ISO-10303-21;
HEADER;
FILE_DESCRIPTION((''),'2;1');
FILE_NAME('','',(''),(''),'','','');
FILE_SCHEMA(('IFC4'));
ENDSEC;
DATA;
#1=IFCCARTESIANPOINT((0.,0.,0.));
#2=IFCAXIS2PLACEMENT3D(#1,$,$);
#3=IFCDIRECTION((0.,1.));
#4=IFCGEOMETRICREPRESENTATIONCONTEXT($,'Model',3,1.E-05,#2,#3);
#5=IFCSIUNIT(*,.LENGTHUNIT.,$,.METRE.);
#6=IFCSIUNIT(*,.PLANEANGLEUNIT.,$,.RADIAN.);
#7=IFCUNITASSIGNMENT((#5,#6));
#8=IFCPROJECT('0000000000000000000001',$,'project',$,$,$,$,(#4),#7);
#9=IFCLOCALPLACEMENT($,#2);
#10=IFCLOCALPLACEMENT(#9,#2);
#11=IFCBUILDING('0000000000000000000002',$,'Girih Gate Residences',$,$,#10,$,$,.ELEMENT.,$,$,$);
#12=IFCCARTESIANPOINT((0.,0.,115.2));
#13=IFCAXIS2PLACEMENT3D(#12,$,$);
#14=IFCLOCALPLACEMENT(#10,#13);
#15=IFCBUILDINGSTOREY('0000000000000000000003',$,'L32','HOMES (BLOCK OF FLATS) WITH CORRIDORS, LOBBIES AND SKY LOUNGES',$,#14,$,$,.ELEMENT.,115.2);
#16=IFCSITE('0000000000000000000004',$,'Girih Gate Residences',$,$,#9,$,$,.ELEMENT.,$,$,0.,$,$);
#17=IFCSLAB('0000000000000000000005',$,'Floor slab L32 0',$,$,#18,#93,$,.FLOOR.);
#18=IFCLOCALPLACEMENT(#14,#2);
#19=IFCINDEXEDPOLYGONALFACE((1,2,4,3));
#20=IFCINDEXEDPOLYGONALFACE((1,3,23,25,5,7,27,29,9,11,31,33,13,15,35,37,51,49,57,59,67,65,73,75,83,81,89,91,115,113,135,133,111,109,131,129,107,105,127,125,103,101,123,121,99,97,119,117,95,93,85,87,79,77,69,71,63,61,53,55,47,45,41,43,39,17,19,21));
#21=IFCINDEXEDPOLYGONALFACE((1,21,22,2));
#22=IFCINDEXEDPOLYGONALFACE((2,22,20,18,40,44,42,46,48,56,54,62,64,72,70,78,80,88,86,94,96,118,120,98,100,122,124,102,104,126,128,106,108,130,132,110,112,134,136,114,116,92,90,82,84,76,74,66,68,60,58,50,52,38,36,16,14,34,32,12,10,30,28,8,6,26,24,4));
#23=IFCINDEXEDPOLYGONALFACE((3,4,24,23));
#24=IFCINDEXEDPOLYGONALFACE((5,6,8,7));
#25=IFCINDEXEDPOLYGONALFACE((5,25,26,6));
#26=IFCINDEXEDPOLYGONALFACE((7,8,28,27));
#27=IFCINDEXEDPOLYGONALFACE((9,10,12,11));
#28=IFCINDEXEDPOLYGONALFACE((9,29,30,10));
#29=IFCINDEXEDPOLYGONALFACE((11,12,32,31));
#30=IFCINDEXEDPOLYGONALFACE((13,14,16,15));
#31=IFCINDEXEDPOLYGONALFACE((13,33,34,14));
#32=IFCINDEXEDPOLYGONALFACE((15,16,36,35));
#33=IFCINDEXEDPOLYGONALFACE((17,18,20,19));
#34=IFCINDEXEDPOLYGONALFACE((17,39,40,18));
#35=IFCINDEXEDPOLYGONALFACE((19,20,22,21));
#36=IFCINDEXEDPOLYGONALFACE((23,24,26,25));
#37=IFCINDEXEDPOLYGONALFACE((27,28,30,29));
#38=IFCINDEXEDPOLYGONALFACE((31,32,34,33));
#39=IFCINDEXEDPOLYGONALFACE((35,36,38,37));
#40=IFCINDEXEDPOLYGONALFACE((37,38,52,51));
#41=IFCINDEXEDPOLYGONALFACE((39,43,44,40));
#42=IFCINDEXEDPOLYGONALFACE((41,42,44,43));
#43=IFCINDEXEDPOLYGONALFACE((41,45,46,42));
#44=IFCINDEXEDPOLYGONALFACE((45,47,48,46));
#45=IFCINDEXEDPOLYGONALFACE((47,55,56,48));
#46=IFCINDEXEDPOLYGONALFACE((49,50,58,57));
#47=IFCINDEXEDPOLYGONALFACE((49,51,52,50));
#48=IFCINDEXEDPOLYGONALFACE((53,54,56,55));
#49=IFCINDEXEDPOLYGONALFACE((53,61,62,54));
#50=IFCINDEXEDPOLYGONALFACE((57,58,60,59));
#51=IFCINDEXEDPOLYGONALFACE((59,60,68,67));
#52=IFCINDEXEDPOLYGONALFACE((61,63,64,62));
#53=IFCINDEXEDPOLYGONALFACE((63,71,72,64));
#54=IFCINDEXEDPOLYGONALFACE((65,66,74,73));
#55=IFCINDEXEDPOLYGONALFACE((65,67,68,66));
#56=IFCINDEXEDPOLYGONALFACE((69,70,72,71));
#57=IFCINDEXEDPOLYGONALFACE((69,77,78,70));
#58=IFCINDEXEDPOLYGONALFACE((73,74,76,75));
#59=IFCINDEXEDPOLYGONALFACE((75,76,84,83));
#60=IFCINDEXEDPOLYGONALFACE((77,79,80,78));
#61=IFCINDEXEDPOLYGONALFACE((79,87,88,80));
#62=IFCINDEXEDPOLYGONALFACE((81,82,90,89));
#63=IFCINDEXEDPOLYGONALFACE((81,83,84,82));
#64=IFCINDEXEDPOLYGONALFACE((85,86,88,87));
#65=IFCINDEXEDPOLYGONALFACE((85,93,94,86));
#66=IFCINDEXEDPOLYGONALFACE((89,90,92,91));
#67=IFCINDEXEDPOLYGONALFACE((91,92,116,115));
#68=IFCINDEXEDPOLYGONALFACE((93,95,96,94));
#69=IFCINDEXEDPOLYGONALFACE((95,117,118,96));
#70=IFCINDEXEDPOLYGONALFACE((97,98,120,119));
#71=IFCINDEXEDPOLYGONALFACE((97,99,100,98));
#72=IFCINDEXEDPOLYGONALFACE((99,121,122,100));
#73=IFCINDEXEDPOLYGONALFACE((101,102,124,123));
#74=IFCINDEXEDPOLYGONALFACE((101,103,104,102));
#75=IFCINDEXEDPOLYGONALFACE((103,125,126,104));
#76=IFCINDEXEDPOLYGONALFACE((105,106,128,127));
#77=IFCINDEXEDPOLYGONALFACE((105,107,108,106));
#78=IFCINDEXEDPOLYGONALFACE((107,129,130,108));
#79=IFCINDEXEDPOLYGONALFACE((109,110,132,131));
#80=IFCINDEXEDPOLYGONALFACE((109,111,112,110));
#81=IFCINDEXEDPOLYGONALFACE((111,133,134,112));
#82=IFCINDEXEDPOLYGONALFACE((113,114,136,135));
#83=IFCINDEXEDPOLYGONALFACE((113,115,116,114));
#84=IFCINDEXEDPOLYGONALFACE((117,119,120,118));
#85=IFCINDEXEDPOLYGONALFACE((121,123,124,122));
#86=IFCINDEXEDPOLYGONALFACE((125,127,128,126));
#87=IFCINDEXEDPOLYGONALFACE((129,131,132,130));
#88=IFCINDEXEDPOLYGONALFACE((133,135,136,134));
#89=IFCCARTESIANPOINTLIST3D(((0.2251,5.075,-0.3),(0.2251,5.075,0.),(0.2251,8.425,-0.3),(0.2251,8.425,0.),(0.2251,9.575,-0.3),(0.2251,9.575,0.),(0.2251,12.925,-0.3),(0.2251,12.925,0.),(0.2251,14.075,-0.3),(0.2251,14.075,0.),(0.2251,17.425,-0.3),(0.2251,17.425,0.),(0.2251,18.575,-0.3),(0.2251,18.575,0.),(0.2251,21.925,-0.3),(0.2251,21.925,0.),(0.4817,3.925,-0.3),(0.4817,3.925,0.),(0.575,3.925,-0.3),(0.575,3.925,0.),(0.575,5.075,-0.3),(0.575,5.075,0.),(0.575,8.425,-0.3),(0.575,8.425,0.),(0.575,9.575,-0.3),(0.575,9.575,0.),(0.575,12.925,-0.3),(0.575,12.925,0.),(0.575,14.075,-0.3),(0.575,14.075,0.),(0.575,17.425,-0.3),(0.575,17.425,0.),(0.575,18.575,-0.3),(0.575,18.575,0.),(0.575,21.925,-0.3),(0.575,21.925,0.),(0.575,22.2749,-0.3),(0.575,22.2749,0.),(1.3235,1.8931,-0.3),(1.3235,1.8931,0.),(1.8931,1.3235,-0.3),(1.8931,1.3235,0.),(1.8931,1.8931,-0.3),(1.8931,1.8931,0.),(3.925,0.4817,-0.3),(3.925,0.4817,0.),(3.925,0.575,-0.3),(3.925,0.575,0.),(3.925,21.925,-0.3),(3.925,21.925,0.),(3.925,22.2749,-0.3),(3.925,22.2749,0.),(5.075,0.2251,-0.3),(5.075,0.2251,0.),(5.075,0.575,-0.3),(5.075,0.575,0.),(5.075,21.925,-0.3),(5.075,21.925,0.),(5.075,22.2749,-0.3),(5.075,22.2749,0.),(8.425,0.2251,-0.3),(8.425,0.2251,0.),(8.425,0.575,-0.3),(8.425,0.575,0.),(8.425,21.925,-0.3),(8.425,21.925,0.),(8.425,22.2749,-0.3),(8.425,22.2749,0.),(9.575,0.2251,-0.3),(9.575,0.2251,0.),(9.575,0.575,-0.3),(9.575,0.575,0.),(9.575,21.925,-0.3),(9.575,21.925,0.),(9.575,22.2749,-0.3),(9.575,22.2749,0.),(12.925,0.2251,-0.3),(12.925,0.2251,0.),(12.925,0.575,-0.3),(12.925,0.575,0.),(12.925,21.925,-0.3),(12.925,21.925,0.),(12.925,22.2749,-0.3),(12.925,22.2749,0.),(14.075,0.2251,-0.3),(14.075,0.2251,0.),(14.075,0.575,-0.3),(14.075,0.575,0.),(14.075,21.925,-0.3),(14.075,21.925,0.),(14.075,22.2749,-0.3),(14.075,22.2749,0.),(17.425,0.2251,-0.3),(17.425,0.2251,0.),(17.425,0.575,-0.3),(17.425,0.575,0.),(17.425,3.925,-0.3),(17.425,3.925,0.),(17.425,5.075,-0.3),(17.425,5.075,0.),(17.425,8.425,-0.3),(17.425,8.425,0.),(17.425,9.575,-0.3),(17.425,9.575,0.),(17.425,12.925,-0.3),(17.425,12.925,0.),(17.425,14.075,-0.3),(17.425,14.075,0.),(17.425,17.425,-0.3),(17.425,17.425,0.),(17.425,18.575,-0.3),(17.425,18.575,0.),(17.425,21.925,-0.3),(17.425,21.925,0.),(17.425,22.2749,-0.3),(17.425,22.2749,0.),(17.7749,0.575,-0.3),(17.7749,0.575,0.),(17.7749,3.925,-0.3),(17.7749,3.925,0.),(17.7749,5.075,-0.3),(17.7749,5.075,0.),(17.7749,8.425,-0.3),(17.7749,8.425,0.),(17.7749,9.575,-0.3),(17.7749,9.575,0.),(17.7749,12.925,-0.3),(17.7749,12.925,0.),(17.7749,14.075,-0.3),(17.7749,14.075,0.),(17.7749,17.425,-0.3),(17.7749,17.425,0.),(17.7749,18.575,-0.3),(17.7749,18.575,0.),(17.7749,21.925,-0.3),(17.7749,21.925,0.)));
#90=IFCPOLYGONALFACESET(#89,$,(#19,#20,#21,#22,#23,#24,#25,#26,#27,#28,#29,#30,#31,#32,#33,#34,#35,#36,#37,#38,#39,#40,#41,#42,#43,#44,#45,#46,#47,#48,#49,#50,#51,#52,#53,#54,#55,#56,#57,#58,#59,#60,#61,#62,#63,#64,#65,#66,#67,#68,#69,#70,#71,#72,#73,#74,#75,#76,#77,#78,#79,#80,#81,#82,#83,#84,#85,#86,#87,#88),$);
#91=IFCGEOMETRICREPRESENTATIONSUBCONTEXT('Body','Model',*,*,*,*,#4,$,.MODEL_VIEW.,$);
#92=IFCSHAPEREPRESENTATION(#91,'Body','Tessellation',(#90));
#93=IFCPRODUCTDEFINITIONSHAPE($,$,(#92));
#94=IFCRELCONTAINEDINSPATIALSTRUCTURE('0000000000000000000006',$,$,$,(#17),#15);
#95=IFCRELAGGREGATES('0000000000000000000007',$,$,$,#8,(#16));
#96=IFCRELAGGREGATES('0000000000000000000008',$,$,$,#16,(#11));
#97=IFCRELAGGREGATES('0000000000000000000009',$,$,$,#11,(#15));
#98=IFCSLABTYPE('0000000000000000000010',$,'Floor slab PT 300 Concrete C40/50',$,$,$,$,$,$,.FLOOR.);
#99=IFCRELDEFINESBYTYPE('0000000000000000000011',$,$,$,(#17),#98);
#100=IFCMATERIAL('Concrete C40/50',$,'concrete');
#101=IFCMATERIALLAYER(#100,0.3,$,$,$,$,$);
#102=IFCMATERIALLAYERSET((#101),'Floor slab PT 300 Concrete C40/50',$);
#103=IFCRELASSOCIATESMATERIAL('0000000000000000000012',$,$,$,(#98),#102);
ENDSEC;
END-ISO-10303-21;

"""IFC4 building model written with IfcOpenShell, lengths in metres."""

from ifc_helpers import new_model, si_unit, direction, frame, origin, place, context, subcontext, project, spatial, polyline, outline, extrude, material, layer, layer_set, type_object, element, save


model = new_model("IFC4")

# Units and contexts
model_context = context("Model", 3, precision=1e-05, world=origin(), true_north=direction((0.0, 1.0)))
body_context = subcontext(model_context, "Body", "Model", "MODEL_VIEW")
ifc_project = project(units=[si_unit("LENGTHUNIT", "METRE"), si_unit("PLANEANGLEUNIT", "RADIAN")], contexts=[model_context])

# Site, building, storey
site_placement = place(None, origin())
site = spatial("IfcSite", under=ifc_project, at=site_placement, Name="Girih Gate Residences", CompositionType="ELEMENT", RefElevation=0.0)
building_placement = place(site_placement, origin())
building = spatial("IfcBuilding", under=site, at=building_placement, Name="Girih Gate Residences", CompositionType="ELEMENT")
storey_placement = place(building_placement, frame((0.0, 0.0, 115.2)))
storey = spatial("IfcBuildingStorey", under=building, at=storey_placement, Name="L32", Description="HOMES (BLOCK OF FLATS) WITH CORRIDORS, LOBBIES AND SKY LOUNGES", CompositionType="ELEMENT", Elevation=115.2)

# Slab
ifc_material_1 = material(Name="Concrete C40/50", Category="concrete")
ifc_layer_1 = layer(ifc_material_1, 0.3)
ifc_layer_set_1 = layer_set([ifc_layer_1], Name="Floor slab PT 300 Concrete C40/50")
slab_type_1 = type_object("IfcSlabType", Name="Floor slab PT 300 Concrete C40/50", PredefinedType="FLOOR", material=ifc_layer_set_1)
slab_1_placement = place(storey_placement, frame((0.0, 0.0, -0.3)))
element("IfcSlab", 1, at=slab_1_placement, inside=storey, type_object=slab_type_1, Name="Floor slab L32 0", PredefinedType="FLOOR", context=body_context, shape_type="SweptSolid", body=[
    extrude(outline(polyline([(0.2251, 8.425), (0.2251, 5.075), (0.575, 5.075), (0.575, 3.925), (0.4817, 3.925), (1.3235, 1.8931), (1.8931, 1.8931), (1.8931, 1.3235), (3.925, 0.4817), (3.925, 0.575), (5.075, 0.575), (5.075, 0.2251), (8.425, 0.2251), (8.425, 0.575), (9.575, 0.575), (9.575, 0.2251), (12.925, 0.2251), (12.925, 0.575), (14.075, 0.575), (14.075, 0.2251), (17.425, 0.2251), (17.425, 0.575), (17.7749, 0.575), (17.7749, 3.925), (17.425, 3.925), (17.425, 5.075), (17.7749, 5.075), (17.7749, 8.425), (17.425, 8.425), (17.425, 9.575), (17.7749, 9.575), (17.7749, 12.925), (17.425, 12.925), (17.425, 14.075), (17.7749, 14.075), (17.7749, 17.425), (17.425, 17.425), (17.425, 18.575), (17.7749, 18.575), (17.7749, 21.925), (17.425, 21.925), (17.425, 22.2749), (14.075, 22.2749), (14.075, 21.925), (12.925, 21.925), (12.925, 22.2749), (9.575, 22.2749), (9.575, 21.925), (8.425, 21.925), (8.425, 22.2749), (5.075, 22.2749), (5.075, 21.925), (3.925, 21.925), (3.925, 22.2749), (0.575, 22.2749), (0.575, 21.925), (0.2251, 21.925), (0.2251, 18.575), (0.575, 18.575), (0.575, 17.425), (0.2251, 17.425), (0.2251, 14.075), (0.575, 14.075), (0.575, 12.925), (0.2251, 12.925), (0.2251, 9.575), (0.575, 9.575), (0.575, 8.425), (0.2251, 8.425)])), origin(), (0.0, 0.0, 1.0), 0.3),
])

save(model, "model.ifc")
